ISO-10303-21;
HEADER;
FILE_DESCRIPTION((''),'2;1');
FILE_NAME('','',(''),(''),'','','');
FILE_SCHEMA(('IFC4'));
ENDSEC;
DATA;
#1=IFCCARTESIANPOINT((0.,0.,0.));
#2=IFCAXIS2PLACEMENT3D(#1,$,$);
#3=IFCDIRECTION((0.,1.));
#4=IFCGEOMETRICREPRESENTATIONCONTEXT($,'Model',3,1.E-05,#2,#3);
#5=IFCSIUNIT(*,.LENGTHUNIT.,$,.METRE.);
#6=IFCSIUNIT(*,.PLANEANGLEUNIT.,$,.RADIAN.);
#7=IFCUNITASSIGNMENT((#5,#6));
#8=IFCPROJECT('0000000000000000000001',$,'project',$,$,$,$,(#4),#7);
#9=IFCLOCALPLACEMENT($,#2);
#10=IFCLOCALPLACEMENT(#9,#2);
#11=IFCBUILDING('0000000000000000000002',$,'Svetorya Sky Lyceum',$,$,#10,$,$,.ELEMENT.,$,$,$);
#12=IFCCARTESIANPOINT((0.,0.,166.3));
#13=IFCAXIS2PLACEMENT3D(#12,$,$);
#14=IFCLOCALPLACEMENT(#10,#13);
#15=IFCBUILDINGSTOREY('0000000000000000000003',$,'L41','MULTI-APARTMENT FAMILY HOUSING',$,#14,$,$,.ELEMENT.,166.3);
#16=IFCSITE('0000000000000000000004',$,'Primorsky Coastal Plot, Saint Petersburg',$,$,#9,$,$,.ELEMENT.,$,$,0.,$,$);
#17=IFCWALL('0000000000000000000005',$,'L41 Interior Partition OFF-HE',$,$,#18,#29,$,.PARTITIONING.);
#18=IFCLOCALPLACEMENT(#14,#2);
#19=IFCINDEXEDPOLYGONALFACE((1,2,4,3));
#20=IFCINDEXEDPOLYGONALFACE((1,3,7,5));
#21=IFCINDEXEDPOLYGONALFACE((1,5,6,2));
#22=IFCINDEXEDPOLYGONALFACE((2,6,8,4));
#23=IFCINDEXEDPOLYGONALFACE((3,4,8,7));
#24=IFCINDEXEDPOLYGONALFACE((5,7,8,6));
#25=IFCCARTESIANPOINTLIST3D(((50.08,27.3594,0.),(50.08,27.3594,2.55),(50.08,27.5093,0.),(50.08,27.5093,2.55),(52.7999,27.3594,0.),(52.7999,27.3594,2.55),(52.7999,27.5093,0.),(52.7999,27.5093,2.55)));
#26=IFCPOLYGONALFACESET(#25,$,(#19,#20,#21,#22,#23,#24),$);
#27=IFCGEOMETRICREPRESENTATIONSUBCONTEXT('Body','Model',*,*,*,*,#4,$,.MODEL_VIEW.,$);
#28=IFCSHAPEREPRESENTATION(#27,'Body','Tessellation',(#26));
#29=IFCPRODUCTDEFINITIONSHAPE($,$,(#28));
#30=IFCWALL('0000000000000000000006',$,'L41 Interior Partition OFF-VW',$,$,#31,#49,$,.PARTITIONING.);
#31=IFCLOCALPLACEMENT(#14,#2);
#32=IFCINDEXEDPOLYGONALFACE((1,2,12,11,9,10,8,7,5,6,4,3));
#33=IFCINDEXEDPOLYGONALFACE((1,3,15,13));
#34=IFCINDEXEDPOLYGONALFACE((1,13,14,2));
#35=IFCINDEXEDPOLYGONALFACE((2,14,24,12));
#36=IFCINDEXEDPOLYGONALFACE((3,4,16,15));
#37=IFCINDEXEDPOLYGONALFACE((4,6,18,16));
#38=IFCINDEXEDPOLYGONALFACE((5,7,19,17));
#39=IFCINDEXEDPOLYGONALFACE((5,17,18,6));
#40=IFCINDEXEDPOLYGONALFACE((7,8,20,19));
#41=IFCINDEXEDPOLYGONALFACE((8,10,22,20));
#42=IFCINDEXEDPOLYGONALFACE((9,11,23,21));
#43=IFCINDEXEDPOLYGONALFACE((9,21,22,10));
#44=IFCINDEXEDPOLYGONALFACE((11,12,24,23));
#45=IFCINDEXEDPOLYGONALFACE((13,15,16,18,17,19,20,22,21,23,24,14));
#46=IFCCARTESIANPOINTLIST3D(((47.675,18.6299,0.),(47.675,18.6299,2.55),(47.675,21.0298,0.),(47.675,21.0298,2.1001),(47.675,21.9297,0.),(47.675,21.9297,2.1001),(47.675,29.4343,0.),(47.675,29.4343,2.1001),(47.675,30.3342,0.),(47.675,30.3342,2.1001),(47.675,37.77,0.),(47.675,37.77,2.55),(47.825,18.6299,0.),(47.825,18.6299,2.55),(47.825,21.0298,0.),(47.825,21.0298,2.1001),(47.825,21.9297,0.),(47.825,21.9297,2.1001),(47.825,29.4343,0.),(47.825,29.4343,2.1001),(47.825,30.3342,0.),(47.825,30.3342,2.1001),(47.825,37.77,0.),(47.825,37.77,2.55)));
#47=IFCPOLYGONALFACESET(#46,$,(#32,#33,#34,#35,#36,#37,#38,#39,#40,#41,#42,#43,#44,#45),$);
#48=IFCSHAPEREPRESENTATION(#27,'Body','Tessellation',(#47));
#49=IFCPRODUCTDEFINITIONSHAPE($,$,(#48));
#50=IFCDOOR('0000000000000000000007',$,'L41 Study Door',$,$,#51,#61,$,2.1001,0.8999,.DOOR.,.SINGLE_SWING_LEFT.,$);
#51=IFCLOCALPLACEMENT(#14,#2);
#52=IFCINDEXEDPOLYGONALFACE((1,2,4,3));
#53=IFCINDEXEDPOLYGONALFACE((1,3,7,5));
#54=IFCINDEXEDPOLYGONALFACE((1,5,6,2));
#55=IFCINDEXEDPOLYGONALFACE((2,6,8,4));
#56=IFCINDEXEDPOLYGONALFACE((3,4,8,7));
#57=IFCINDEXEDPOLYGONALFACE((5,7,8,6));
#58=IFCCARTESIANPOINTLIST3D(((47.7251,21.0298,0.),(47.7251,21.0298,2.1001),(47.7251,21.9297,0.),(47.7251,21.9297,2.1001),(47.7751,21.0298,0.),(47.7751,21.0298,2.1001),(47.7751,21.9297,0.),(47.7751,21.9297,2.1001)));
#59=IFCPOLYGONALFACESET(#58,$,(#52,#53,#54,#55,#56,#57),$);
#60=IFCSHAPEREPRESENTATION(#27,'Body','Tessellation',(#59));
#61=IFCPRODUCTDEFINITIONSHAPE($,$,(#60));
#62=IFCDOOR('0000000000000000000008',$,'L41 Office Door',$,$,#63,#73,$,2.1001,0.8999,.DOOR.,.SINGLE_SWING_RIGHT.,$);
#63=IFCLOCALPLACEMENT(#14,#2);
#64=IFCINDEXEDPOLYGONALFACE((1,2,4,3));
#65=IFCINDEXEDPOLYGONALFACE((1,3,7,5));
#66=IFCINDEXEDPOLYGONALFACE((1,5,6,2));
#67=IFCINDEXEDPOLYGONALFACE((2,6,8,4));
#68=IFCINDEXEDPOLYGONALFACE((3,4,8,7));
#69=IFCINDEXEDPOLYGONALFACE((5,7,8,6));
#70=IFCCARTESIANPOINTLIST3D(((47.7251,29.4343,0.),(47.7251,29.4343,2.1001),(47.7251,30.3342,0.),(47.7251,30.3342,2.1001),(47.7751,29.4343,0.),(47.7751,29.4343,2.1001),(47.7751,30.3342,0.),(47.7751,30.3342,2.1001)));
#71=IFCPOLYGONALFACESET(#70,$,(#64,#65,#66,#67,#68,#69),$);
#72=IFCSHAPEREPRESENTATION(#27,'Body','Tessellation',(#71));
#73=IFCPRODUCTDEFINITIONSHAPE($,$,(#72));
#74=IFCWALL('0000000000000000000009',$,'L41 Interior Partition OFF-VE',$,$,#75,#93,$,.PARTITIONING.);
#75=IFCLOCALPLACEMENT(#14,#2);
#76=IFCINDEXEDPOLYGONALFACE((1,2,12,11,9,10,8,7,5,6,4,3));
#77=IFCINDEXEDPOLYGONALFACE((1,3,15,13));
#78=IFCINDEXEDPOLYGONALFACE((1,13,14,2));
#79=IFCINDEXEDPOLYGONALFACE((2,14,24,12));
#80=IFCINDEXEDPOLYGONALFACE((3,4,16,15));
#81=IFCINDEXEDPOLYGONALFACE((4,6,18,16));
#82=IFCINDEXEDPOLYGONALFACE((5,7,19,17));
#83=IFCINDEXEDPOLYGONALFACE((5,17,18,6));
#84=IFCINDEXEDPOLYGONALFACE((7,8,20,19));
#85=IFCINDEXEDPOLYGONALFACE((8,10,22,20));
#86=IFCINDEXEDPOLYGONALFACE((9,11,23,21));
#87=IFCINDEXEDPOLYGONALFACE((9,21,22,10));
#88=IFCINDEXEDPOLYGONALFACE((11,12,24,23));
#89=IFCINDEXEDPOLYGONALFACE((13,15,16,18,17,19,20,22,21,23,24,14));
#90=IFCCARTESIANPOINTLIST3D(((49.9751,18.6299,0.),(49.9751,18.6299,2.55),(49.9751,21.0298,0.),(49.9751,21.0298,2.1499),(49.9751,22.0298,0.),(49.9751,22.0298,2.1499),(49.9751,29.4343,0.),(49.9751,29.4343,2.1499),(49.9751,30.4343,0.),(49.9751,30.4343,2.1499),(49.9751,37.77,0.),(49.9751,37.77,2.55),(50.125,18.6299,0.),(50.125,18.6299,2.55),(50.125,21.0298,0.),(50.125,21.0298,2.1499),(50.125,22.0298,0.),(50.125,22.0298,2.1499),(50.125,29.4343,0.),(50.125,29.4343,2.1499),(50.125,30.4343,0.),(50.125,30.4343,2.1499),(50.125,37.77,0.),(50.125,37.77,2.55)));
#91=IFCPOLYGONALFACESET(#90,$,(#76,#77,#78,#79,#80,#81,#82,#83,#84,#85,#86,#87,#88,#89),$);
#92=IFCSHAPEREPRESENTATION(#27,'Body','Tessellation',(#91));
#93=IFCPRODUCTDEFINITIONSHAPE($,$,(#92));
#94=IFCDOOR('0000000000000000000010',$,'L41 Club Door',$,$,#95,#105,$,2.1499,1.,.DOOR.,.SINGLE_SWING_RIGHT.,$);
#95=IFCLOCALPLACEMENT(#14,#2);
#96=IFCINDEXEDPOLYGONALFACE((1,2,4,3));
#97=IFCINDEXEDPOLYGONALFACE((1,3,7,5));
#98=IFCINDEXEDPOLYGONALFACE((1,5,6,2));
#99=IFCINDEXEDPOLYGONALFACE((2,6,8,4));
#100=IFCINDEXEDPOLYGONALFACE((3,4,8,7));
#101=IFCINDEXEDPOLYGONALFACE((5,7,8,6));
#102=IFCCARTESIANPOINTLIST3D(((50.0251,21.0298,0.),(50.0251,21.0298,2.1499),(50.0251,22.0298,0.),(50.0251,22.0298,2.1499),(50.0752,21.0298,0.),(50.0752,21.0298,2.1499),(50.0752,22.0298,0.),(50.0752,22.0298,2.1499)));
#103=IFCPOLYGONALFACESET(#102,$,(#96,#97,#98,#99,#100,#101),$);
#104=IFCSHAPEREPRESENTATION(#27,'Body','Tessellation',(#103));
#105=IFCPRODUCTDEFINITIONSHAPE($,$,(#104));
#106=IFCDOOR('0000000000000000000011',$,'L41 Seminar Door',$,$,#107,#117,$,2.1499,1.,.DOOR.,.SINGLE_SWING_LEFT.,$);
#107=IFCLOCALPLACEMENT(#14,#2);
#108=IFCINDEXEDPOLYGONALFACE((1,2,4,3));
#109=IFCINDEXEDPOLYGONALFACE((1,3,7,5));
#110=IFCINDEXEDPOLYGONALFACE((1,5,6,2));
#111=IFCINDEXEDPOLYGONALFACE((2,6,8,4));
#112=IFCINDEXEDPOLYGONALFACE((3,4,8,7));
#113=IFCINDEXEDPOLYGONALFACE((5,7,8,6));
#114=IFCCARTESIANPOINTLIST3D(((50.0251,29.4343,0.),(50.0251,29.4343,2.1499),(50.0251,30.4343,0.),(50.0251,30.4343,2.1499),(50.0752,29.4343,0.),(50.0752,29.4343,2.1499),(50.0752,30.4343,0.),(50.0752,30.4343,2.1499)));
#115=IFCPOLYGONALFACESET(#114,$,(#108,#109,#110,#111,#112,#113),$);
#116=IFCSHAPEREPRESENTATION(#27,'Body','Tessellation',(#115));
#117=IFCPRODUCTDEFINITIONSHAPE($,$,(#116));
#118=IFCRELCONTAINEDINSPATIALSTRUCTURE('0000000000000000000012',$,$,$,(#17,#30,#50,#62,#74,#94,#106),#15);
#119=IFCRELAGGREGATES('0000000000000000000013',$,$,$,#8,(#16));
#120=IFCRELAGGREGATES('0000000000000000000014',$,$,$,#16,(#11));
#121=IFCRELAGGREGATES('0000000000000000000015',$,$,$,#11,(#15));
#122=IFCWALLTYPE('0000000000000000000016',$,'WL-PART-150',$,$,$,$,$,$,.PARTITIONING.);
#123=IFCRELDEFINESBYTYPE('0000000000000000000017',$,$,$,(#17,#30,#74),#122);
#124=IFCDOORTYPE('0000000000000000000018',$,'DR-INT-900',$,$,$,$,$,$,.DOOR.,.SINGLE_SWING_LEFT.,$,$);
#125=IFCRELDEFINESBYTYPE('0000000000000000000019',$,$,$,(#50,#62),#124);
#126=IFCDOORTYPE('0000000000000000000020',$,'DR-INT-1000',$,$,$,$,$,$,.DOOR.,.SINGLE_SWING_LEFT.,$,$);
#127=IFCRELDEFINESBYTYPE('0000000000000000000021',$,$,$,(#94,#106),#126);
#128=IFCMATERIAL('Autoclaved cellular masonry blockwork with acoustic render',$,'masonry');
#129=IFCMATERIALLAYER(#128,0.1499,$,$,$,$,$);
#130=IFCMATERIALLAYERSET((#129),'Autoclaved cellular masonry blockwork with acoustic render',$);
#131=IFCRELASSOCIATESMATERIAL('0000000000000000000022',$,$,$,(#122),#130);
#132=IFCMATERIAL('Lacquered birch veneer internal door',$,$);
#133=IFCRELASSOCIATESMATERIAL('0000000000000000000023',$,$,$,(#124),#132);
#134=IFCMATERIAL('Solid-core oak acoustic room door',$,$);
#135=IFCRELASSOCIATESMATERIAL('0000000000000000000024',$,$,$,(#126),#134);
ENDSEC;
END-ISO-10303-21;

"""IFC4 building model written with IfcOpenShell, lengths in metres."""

from ifc_helpers import new_model, si_unit, direction, frame, frame_2d, origin, place, context, subcontext, project, spatial, rectangle, extrude, material, layer, layer_set, type_object, element, fill, save


model = new_model("IFC4")

# Units and contexts
model_context = context("Model", 3, precision=1e-05, world=origin(), true_north=direction((0.0, 1.0)))
body_context = subcontext(model_context, "Body", "Model", "MODEL_VIEW")
ifc_project = project(units=[si_unit("LENGTHUNIT", "METRE"), si_unit("PLANEANGLEUNIT", "RADIAN")], contexts=[model_context])

# Site, building, storey
site_placement = place(None, origin())
site = spatial("IfcSite", under=ifc_project, at=site_placement, Name="Primorsky Coastal Plot, Saint Petersburg", CompositionType="ELEMENT", RefElevation=0.0)
building_placement = place(site_placement, origin())
building = spatial("IfcBuilding", under=site, at=building_placement, Name="Svetorya Sky Lyceum", CompositionType="ELEMENT")
storey_placement = place(building_placement, frame((0.0, 0.0, 166.3)))
storey = spatial("IfcBuildingStorey", under=building, at=storey_placement, Name="L41", Description="MULTI-APARTMENT FAMILY HOUSING", CompositionType="ELEMENT", Elevation=166.3)

# Wall
ifc_material_1 = material(Name="Autoclaved cellular masonry blockwork with acoustic render", Category="masonry")
ifc_layer_1 = layer(ifc_material_1, 0.1499)
ifc_layer_set_1 = layer_set([ifc_layer_1], Name="Autoclaved cellular masonry blockwork with acoustic render")
wall_type_1 = type_object("IfcWallType", Name="WL-PART-150", PredefinedType="PARTITIONING", material=ifc_layer_set_1)
wall_1_placement = place(storey_placement, frame((50.0801, 27.4343, 0.0), z_axis=(0.0, 0.0, 1.0), x_axis=(1.0, 0.0, 0.0)))
element("IfcWall", 1, at=wall_1_placement, inside=storey, type_object=wall_type_1, Name="L41 Interior Partition OFF-HE", PredefinedType="PARTITIONING", context=body_context, shape_type="SweptSolid", body=[
    extrude(rectangle(XDim=2.72, YDim=0.1499, at=frame_2d((1.3599, 0.0))), origin(), (0.0, 0.0, 1.0), 2.55),
])

# Walls, openings, doors
wall_2_placement = place(storey_placement, frame((47.75, 18.6299, 0.0), z_axis=(0.0, 0.0, 1.0), x_axis=(0.0, 1.0, 0.0)))
wall_2 = element("IfcWall", 2, at=wall_2_placement, inside=storey, type_object=wall_type_1, Name="L41 Interior Partition OFF-VW", PredefinedType="PARTITIONING", context=body_context, shape_type="SweptSolid", body=[
    extrude(rectangle(XDim=19.1401, YDim=0.1499, at=frame_2d((9.5701, 0.0))), origin(), (0.0, 0.0, 1.0), 2.55),
])
opening_1_placement = place(wall_2_placement, frame((2.3999, 0.0, 0.0)))
opening_1 = element("IfcOpeningElement", 3, at=opening_1_placement, cuts=wall_2, PredefinedType="OPENING", context=body_context, shape_type="SweptSolid", body=[
    extrude(rectangle(XDim=0.8999, YDim=2.1001, at=frame_2d((0.45, 1.05))), frame((0.0, 0.085, 0.0), z_axis=(0.0, -1.0, 0.0), x_axis=(1.0, 0.0, 0.0)), (0.0, 0.0, 1.0), 0.1699),
])
opening_2_placement = place(wall_2_placement, frame((10.8044, 0.0, 0.0)))
opening_2 = element("IfcOpeningElement", 4, at=opening_2_placement, cuts=wall_2, PredefinedType="OPENING", context=body_context, shape_type="SweptSolid", body=[
    extrude(rectangle(XDim=0.8999, YDim=2.1001, at=frame_2d((0.45, 1.05))), frame((0.0, 0.085, 0.0), z_axis=(0.0, -1.0, 0.0), x_axis=(1.0, 0.0, 0.0)), (0.0, 0.0, 1.0), 0.1699),
])
ifc_material_2 = material(Name="Lacquered birch veneer internal door")
door_type_1 = type_object("IfcDoorType", Name="DR-INT-900", OperationType="SINGLE_SWING_LEFT", PredefinedType="DOOR", material=ifc_material_2)
door_1_placement = place(opening_1_placement, origin())
door_1 = element("IfcDoor", 5, at=door_1_placement, inside=storey, type_object=door_type_1, Name="L41 Study Door", OperationType="SINGLE_SWING_LEFT", OverallHeight=2.1001, OverallWidth=0.8999, PredefinedType="DOOR", context=body_context, shape_type="SweptSolid", body=[
    extrude(rectangle(XDim=0.8999, YDim=2.1001, at=frame_2d((0.45, 1.05))), frame((0.0, 0.0249, 0.0), z_axis=(0.0, -1.0, 0.0), x_axis=(1.0, 0.0, 0.0)), (0.0, 0.0, 1.0), 0.05),
])
fill(opening_1, door_1)
door_2_placement = place(opening_2_placement, origin())
door_2 = element("IfcDoor", 6, at=door_2_placement, inside=storey, type_object=door_type_1, Name="L41 Office Door", OperationType="SINGLE_SWING_RIGHT", OverallHeight=2.1001, OverallWidth=0.8999, PredefinedType="DOOR", context=body_context, shape_type="SweptSolid", body=[
    extrude(rectangle(XDim=0.8999, YDim=2.1001, at=frame_2d((0.45, 1.05))), frame((0.0, 0.0249, 0.0), z_axis=(0.0, -1.0, 0.0), x_axis=(1.0, 0.0, 0.0)), (0.0, 0.0, 1.0), 0.05),
])
fill(opening_2, door_2)
wall_3_placement = place(storey_placement, frame((50.05, 18.6299, 0.0), z_axis=(0.0, 0.0, 1.0), x_axis=(0.0, 1.0, 0.0)))
wall_3 = element("IfcWall", 7, at=wall_3_placement, inside=storey, type_object=wall_type_1, Name="L41 Interior Partition OFF-VE", PredefinedType="PARTITIONING", context=body_context, shape_type="SweptSolid", body=[
    extrude(rectangle(XDim=19.1401, YDim=0.1499, at=frame_2d((9.5701, 0.0))), origin(), (0.0, 0.0, 1.0), 2.55),
])
opening_3_placement = place(wall_3_placement, frame((2.3999, 0.0, 0.0)))
opening_3 = element("IfcOpeningElement", 8, at=opening_3_placement, cuts=wall_3, PredefinedType="OPENING", context=body_context, shape_type="SweptSolid", body=[
    extrude(rectangle(XDim=1.0, YDim=2.1499, at=frame_2d((0.5, 1.075))), frame((0.0, 0.085, 0.0), z_axis=(0.0, -1.0, 0.0), x_axis=(1.0, 0.0, 0.0)), (0.0, 0.0, 1.0), 0.1699),
])
opening_4_placement = place(wall_3_placement, frame((10.8044, 0.0, 0.0)))
opening_4 = element("IfcOpeningElement", 9, at=opening_4_placement, cuts=wall_3, PredefinedType="OPENING", context=body_context, shape_type="SweptSolid", body=[
    extrude(rectangle(XDim=1.0, YDim=2.1499, at=frame_2d((0.5, 1.075))), frame((0.0, 0.085, 0.0), z_axis=(0.0, -1.0, 0.0), x_axis=(1.0, 0.0, 0.0)), (0.0, 0.0, 1.0), 0.1699),
])
ifc_material_3 = material(Name="Solid-core oak acoustic room door")
door_type_2 = type_object("IfcDoorType", Name="DR-INT-1000", OperationType="SINGLE_SWING_LEFT", PredefinedType="DOOR", material=ifc_material_3)
door_3_placement = place(opening_3_placement, origin())
door_3 = element("IfcDoor", 10, at=door_3_placement, inside=storey, type_object=door_type_2, Name="L41 Club Door", OperationType="SINGLE_SWING_RIGHT", OverallHeight=2.1499, OverallWidth=1.0, PredefinedType="DOOR", context=body_context, shape_type="SweptSolid", body=[
    extrude(rectangle(XDim=1.0, YDim=2.1499, at=frame_2d((0.5, 1.075))), frame((0.0, 0.0249, 0.0), z_axis=(0.0, -1.0, 0.0), x_axis=(1.0, 0.0, 0.0)), (0.0, 0.0, 1.0), 0.05),
])
fill(opening_3, door_3)
door_4_placement = place(opening_4_placement, origin())
door_4 = element("IfcDoor", 11, at=door_4_placement, inside=storey, type_object=door_type_2, Name="L41 Seminar Door", OperationType="SINGLE_SWING_LEFT", OverallHeight=2.1499, OverallWidth=1.0, PredefinedType="DOOR", context=body_context, shape_type="SweptSolid", body=[
    extrude(rectangle(XDim=1.0, YDim=2.1499, at=frame_2d((0.5, 1.075))), frame((0.0, 0.0249, 0.0), z_axis=(0.0, -1.0, 0.0), x_axis=(1.0, 0.0, 0.0)), (0.0, 0.0, 1.0), 0.05),
])
fill(opening_4, door_4)

save(model, "model.ifc")
